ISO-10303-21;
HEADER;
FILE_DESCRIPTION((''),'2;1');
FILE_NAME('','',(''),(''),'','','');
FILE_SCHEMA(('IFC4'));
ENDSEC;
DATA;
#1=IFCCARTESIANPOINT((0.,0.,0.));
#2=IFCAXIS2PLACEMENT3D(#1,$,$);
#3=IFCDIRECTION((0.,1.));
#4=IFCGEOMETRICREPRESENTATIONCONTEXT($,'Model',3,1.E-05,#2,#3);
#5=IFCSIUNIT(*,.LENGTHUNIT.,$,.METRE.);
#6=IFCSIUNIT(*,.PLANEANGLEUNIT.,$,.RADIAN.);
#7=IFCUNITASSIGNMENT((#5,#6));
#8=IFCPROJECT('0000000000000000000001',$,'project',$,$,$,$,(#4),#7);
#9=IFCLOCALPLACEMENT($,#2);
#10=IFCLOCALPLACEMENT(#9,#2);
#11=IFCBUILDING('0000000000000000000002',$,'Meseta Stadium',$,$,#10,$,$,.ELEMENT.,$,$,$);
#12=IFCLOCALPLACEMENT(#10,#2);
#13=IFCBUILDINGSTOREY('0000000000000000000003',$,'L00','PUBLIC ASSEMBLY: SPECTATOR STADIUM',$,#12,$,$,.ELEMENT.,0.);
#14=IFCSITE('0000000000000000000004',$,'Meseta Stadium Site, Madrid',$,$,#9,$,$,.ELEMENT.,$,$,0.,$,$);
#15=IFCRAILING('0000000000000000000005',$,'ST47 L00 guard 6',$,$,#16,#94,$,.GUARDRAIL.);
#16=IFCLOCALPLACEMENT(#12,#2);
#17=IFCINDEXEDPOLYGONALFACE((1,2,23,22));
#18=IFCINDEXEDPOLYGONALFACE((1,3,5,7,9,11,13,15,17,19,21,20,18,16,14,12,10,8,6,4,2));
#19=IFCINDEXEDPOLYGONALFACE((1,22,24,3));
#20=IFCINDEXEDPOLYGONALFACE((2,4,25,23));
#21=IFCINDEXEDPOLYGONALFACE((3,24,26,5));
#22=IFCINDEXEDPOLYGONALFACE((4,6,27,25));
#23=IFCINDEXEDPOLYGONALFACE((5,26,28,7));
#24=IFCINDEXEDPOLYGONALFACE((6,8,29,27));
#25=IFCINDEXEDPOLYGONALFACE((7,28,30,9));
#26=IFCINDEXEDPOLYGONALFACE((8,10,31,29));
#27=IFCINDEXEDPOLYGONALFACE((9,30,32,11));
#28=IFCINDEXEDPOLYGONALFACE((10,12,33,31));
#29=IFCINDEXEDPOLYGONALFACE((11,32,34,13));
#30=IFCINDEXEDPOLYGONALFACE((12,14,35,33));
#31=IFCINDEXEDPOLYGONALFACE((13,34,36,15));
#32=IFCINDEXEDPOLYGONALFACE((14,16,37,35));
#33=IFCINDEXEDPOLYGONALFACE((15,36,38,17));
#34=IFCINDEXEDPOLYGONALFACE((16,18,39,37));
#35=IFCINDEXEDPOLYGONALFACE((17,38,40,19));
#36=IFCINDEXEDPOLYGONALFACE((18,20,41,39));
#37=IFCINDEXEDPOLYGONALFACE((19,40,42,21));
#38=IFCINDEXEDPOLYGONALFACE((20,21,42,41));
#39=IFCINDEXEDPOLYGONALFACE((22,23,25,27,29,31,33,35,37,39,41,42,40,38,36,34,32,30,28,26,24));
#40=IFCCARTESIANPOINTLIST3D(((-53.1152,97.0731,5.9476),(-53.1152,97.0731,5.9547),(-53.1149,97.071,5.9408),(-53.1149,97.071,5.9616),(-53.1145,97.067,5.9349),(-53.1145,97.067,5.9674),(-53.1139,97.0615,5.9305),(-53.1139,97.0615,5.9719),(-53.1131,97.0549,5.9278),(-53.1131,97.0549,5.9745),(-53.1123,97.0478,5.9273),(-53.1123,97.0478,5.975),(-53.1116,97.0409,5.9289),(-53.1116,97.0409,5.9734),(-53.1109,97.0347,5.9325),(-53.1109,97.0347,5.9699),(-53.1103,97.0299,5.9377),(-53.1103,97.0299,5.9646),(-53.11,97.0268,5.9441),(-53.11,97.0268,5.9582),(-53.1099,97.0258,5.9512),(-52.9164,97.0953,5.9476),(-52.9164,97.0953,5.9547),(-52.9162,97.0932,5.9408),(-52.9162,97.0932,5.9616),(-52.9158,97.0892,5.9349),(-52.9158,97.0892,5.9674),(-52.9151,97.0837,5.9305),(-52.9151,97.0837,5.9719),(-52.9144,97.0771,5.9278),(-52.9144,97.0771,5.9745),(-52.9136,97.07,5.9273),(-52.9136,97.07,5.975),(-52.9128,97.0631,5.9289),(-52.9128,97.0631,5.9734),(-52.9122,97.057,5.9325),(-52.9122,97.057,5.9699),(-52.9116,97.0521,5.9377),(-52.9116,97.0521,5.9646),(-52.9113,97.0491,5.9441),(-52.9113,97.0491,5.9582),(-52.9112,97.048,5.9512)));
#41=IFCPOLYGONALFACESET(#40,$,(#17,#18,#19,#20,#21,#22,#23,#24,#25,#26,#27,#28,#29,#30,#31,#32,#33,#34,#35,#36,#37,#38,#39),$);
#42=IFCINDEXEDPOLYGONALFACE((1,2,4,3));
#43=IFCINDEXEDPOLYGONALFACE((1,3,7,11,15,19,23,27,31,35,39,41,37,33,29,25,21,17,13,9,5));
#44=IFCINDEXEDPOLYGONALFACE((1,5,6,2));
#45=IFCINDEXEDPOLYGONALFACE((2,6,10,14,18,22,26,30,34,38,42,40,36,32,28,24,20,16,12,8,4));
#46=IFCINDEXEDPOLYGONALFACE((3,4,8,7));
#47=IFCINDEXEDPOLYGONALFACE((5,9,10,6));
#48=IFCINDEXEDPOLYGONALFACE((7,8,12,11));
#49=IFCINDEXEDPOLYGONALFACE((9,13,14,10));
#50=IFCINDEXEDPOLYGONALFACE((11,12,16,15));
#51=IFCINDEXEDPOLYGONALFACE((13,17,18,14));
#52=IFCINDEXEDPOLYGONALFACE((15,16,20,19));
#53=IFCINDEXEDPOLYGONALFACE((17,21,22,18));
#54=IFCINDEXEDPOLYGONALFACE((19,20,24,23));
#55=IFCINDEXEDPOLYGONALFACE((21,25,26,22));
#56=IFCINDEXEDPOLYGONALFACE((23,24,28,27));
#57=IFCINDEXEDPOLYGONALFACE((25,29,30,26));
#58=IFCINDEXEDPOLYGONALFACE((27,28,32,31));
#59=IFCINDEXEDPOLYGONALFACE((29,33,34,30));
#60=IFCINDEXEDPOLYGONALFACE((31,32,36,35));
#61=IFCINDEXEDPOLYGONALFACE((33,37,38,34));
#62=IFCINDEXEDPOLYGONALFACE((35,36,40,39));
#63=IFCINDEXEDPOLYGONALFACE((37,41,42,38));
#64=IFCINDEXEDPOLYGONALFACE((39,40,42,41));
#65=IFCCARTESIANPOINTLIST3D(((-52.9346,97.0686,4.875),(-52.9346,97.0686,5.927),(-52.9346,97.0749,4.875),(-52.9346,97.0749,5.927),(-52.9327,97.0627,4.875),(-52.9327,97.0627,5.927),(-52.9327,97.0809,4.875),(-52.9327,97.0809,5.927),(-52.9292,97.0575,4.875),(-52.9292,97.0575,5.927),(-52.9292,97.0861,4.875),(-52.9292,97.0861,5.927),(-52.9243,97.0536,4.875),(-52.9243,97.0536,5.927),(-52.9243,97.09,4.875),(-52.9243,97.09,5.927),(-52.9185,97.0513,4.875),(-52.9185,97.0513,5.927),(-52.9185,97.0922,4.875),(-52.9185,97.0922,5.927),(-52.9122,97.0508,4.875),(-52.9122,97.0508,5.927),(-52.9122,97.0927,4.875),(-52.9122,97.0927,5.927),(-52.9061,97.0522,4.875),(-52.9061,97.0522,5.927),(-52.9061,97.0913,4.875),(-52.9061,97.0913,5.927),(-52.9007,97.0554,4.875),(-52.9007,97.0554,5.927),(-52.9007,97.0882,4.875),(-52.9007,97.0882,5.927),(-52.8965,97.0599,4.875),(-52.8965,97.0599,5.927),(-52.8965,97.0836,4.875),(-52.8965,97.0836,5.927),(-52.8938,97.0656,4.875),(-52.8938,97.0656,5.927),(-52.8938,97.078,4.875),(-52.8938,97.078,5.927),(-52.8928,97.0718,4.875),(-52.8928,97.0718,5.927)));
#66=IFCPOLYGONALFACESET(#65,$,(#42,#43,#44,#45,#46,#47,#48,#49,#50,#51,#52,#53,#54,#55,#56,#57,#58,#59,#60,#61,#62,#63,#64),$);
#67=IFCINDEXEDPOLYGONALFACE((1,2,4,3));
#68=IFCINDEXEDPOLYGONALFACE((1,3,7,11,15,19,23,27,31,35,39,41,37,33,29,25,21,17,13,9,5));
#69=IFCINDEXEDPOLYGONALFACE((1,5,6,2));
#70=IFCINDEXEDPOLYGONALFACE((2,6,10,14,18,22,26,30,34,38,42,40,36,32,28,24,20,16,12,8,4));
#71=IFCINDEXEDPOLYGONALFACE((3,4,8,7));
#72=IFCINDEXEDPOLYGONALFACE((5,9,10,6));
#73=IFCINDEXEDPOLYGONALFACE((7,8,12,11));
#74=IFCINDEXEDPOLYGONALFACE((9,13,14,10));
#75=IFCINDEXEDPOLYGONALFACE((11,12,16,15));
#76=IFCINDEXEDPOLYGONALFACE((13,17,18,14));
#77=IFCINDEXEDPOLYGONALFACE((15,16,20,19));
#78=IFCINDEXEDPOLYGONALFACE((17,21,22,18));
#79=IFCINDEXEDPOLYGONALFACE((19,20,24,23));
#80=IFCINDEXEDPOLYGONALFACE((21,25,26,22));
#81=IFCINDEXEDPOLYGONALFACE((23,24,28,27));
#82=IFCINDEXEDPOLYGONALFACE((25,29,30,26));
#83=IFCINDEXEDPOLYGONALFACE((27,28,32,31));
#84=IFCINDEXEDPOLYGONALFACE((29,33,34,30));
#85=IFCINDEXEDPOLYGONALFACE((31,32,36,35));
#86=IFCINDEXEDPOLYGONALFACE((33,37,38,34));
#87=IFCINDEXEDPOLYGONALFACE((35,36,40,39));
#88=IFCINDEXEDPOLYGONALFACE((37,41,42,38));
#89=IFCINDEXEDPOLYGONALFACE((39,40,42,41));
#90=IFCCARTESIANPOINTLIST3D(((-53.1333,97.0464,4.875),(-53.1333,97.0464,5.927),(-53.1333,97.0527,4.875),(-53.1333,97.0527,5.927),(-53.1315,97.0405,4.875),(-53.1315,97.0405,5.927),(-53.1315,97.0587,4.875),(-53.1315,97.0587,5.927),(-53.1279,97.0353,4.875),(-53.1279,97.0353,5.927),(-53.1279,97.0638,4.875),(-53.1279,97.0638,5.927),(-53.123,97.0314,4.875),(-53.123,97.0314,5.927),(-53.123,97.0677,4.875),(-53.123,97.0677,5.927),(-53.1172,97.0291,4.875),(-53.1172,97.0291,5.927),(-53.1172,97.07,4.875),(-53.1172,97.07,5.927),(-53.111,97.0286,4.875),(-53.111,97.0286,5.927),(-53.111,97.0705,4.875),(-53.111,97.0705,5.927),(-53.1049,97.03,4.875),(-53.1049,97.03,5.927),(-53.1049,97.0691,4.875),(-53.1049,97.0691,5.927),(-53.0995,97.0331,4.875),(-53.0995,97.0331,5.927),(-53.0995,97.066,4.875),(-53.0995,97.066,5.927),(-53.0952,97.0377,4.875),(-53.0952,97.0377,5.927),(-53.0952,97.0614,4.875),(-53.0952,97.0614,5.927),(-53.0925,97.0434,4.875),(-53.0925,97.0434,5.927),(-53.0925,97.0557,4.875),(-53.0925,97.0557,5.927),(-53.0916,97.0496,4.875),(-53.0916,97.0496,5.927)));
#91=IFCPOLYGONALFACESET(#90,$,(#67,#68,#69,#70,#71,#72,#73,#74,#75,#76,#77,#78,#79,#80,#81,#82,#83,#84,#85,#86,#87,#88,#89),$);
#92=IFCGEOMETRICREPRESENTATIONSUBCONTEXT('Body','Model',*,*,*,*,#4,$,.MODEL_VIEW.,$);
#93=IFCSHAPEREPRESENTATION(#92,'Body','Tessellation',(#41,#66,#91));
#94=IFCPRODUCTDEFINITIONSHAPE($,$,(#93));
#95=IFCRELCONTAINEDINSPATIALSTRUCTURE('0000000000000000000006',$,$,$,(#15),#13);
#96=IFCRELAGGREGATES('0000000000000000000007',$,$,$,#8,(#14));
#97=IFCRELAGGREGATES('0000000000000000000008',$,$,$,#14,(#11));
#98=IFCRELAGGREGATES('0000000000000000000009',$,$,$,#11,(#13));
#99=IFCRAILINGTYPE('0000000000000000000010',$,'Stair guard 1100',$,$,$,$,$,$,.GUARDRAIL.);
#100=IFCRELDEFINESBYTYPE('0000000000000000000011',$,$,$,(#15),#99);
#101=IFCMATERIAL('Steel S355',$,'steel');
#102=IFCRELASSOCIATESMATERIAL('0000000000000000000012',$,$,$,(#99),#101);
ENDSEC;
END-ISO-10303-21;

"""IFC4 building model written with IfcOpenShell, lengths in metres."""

from ifc_helpers import new_model, si_unit, direction, frame, origin, origin_2d, place, context, subcontext, project, spatial, circle, extrude, material, type_object, element, save


model = new_model("IFC4")

# Units and contexts
model_context = context("Model", 3, precision=1e-05, world=origin(), true_north=direction((0.0, 1.0)))
body_context = subcontext(model_context, "Body", "Model", "MODEL_VIEW")
ifc_project = project(units=[si_unit("LENGTHUNIT", "METRE"), si_unit("PLANEANGLEUNIT", "RADIAN")], contexts=[model_context])

# Site, building, storey
site_placement = place(None, origin())
site = spatial("IfcSite", under=ifc_project, at=site_placement, Name="Meseta Stadium Site, Madrid", CompositionType="ELEMENT", RefElevation=0.0)
building_placement = place(site_placement, origin())
building = spatial("IfcBuilding", under=site, at=building_placement, Name="Meseta Stadium", CompositionType="ELEMENT")
storey_placement = place(building_placement, origin())
storey = spatial("IfcBuildingStorey", under=building, at=storey_placement, Name="L00", Description="PUBLIC ASSEMBLY: SPECTATOR STADIUM", CompositionType="ELEMENT", Elevation=0.0)

# Railing
ifc_material_1 = material(Name="Steel S355", Category="steel")
railing_type = type_object("IfcRailingType", Name="Stair guard 1100", PredefinedType="GUARDRAIL", material=ifc_material_1)
for number, where, name in (
    (1, (-52.9138, 97.0718, 4.875), "ST47 L00 guard 6"),
):
    element("IfcRailing", number, at=place(storey_placement, frame(where)), inside=storey, type_object=railing_type, Name=name, PredefinedType="GUARDRAIL", context=body_context, shape_type="SweptSolid", body=[
        extrude(circle(Radius=0.0239, at=origin_2d()), frame((0.0, 0.0, 1.0762), z_axis=(-0.993809, -0.111102, 0.0), x_axis=(0.111102, -0.993809, 0.0)), (0.0, 0.0, 1.0), 0.2),
        extrude(circle(Radius=0.021, at=origin_2d()), origin(), (0.0, 0.0, 1.0), 1.052),
        extrude(circle(Radius=0.021, at=origin_2d()), frame((-0.1987, -0.0222, 0.0)), (0.0, 0.0, 1.0), 1.052),
    ])

save(model, "model.ifc")
